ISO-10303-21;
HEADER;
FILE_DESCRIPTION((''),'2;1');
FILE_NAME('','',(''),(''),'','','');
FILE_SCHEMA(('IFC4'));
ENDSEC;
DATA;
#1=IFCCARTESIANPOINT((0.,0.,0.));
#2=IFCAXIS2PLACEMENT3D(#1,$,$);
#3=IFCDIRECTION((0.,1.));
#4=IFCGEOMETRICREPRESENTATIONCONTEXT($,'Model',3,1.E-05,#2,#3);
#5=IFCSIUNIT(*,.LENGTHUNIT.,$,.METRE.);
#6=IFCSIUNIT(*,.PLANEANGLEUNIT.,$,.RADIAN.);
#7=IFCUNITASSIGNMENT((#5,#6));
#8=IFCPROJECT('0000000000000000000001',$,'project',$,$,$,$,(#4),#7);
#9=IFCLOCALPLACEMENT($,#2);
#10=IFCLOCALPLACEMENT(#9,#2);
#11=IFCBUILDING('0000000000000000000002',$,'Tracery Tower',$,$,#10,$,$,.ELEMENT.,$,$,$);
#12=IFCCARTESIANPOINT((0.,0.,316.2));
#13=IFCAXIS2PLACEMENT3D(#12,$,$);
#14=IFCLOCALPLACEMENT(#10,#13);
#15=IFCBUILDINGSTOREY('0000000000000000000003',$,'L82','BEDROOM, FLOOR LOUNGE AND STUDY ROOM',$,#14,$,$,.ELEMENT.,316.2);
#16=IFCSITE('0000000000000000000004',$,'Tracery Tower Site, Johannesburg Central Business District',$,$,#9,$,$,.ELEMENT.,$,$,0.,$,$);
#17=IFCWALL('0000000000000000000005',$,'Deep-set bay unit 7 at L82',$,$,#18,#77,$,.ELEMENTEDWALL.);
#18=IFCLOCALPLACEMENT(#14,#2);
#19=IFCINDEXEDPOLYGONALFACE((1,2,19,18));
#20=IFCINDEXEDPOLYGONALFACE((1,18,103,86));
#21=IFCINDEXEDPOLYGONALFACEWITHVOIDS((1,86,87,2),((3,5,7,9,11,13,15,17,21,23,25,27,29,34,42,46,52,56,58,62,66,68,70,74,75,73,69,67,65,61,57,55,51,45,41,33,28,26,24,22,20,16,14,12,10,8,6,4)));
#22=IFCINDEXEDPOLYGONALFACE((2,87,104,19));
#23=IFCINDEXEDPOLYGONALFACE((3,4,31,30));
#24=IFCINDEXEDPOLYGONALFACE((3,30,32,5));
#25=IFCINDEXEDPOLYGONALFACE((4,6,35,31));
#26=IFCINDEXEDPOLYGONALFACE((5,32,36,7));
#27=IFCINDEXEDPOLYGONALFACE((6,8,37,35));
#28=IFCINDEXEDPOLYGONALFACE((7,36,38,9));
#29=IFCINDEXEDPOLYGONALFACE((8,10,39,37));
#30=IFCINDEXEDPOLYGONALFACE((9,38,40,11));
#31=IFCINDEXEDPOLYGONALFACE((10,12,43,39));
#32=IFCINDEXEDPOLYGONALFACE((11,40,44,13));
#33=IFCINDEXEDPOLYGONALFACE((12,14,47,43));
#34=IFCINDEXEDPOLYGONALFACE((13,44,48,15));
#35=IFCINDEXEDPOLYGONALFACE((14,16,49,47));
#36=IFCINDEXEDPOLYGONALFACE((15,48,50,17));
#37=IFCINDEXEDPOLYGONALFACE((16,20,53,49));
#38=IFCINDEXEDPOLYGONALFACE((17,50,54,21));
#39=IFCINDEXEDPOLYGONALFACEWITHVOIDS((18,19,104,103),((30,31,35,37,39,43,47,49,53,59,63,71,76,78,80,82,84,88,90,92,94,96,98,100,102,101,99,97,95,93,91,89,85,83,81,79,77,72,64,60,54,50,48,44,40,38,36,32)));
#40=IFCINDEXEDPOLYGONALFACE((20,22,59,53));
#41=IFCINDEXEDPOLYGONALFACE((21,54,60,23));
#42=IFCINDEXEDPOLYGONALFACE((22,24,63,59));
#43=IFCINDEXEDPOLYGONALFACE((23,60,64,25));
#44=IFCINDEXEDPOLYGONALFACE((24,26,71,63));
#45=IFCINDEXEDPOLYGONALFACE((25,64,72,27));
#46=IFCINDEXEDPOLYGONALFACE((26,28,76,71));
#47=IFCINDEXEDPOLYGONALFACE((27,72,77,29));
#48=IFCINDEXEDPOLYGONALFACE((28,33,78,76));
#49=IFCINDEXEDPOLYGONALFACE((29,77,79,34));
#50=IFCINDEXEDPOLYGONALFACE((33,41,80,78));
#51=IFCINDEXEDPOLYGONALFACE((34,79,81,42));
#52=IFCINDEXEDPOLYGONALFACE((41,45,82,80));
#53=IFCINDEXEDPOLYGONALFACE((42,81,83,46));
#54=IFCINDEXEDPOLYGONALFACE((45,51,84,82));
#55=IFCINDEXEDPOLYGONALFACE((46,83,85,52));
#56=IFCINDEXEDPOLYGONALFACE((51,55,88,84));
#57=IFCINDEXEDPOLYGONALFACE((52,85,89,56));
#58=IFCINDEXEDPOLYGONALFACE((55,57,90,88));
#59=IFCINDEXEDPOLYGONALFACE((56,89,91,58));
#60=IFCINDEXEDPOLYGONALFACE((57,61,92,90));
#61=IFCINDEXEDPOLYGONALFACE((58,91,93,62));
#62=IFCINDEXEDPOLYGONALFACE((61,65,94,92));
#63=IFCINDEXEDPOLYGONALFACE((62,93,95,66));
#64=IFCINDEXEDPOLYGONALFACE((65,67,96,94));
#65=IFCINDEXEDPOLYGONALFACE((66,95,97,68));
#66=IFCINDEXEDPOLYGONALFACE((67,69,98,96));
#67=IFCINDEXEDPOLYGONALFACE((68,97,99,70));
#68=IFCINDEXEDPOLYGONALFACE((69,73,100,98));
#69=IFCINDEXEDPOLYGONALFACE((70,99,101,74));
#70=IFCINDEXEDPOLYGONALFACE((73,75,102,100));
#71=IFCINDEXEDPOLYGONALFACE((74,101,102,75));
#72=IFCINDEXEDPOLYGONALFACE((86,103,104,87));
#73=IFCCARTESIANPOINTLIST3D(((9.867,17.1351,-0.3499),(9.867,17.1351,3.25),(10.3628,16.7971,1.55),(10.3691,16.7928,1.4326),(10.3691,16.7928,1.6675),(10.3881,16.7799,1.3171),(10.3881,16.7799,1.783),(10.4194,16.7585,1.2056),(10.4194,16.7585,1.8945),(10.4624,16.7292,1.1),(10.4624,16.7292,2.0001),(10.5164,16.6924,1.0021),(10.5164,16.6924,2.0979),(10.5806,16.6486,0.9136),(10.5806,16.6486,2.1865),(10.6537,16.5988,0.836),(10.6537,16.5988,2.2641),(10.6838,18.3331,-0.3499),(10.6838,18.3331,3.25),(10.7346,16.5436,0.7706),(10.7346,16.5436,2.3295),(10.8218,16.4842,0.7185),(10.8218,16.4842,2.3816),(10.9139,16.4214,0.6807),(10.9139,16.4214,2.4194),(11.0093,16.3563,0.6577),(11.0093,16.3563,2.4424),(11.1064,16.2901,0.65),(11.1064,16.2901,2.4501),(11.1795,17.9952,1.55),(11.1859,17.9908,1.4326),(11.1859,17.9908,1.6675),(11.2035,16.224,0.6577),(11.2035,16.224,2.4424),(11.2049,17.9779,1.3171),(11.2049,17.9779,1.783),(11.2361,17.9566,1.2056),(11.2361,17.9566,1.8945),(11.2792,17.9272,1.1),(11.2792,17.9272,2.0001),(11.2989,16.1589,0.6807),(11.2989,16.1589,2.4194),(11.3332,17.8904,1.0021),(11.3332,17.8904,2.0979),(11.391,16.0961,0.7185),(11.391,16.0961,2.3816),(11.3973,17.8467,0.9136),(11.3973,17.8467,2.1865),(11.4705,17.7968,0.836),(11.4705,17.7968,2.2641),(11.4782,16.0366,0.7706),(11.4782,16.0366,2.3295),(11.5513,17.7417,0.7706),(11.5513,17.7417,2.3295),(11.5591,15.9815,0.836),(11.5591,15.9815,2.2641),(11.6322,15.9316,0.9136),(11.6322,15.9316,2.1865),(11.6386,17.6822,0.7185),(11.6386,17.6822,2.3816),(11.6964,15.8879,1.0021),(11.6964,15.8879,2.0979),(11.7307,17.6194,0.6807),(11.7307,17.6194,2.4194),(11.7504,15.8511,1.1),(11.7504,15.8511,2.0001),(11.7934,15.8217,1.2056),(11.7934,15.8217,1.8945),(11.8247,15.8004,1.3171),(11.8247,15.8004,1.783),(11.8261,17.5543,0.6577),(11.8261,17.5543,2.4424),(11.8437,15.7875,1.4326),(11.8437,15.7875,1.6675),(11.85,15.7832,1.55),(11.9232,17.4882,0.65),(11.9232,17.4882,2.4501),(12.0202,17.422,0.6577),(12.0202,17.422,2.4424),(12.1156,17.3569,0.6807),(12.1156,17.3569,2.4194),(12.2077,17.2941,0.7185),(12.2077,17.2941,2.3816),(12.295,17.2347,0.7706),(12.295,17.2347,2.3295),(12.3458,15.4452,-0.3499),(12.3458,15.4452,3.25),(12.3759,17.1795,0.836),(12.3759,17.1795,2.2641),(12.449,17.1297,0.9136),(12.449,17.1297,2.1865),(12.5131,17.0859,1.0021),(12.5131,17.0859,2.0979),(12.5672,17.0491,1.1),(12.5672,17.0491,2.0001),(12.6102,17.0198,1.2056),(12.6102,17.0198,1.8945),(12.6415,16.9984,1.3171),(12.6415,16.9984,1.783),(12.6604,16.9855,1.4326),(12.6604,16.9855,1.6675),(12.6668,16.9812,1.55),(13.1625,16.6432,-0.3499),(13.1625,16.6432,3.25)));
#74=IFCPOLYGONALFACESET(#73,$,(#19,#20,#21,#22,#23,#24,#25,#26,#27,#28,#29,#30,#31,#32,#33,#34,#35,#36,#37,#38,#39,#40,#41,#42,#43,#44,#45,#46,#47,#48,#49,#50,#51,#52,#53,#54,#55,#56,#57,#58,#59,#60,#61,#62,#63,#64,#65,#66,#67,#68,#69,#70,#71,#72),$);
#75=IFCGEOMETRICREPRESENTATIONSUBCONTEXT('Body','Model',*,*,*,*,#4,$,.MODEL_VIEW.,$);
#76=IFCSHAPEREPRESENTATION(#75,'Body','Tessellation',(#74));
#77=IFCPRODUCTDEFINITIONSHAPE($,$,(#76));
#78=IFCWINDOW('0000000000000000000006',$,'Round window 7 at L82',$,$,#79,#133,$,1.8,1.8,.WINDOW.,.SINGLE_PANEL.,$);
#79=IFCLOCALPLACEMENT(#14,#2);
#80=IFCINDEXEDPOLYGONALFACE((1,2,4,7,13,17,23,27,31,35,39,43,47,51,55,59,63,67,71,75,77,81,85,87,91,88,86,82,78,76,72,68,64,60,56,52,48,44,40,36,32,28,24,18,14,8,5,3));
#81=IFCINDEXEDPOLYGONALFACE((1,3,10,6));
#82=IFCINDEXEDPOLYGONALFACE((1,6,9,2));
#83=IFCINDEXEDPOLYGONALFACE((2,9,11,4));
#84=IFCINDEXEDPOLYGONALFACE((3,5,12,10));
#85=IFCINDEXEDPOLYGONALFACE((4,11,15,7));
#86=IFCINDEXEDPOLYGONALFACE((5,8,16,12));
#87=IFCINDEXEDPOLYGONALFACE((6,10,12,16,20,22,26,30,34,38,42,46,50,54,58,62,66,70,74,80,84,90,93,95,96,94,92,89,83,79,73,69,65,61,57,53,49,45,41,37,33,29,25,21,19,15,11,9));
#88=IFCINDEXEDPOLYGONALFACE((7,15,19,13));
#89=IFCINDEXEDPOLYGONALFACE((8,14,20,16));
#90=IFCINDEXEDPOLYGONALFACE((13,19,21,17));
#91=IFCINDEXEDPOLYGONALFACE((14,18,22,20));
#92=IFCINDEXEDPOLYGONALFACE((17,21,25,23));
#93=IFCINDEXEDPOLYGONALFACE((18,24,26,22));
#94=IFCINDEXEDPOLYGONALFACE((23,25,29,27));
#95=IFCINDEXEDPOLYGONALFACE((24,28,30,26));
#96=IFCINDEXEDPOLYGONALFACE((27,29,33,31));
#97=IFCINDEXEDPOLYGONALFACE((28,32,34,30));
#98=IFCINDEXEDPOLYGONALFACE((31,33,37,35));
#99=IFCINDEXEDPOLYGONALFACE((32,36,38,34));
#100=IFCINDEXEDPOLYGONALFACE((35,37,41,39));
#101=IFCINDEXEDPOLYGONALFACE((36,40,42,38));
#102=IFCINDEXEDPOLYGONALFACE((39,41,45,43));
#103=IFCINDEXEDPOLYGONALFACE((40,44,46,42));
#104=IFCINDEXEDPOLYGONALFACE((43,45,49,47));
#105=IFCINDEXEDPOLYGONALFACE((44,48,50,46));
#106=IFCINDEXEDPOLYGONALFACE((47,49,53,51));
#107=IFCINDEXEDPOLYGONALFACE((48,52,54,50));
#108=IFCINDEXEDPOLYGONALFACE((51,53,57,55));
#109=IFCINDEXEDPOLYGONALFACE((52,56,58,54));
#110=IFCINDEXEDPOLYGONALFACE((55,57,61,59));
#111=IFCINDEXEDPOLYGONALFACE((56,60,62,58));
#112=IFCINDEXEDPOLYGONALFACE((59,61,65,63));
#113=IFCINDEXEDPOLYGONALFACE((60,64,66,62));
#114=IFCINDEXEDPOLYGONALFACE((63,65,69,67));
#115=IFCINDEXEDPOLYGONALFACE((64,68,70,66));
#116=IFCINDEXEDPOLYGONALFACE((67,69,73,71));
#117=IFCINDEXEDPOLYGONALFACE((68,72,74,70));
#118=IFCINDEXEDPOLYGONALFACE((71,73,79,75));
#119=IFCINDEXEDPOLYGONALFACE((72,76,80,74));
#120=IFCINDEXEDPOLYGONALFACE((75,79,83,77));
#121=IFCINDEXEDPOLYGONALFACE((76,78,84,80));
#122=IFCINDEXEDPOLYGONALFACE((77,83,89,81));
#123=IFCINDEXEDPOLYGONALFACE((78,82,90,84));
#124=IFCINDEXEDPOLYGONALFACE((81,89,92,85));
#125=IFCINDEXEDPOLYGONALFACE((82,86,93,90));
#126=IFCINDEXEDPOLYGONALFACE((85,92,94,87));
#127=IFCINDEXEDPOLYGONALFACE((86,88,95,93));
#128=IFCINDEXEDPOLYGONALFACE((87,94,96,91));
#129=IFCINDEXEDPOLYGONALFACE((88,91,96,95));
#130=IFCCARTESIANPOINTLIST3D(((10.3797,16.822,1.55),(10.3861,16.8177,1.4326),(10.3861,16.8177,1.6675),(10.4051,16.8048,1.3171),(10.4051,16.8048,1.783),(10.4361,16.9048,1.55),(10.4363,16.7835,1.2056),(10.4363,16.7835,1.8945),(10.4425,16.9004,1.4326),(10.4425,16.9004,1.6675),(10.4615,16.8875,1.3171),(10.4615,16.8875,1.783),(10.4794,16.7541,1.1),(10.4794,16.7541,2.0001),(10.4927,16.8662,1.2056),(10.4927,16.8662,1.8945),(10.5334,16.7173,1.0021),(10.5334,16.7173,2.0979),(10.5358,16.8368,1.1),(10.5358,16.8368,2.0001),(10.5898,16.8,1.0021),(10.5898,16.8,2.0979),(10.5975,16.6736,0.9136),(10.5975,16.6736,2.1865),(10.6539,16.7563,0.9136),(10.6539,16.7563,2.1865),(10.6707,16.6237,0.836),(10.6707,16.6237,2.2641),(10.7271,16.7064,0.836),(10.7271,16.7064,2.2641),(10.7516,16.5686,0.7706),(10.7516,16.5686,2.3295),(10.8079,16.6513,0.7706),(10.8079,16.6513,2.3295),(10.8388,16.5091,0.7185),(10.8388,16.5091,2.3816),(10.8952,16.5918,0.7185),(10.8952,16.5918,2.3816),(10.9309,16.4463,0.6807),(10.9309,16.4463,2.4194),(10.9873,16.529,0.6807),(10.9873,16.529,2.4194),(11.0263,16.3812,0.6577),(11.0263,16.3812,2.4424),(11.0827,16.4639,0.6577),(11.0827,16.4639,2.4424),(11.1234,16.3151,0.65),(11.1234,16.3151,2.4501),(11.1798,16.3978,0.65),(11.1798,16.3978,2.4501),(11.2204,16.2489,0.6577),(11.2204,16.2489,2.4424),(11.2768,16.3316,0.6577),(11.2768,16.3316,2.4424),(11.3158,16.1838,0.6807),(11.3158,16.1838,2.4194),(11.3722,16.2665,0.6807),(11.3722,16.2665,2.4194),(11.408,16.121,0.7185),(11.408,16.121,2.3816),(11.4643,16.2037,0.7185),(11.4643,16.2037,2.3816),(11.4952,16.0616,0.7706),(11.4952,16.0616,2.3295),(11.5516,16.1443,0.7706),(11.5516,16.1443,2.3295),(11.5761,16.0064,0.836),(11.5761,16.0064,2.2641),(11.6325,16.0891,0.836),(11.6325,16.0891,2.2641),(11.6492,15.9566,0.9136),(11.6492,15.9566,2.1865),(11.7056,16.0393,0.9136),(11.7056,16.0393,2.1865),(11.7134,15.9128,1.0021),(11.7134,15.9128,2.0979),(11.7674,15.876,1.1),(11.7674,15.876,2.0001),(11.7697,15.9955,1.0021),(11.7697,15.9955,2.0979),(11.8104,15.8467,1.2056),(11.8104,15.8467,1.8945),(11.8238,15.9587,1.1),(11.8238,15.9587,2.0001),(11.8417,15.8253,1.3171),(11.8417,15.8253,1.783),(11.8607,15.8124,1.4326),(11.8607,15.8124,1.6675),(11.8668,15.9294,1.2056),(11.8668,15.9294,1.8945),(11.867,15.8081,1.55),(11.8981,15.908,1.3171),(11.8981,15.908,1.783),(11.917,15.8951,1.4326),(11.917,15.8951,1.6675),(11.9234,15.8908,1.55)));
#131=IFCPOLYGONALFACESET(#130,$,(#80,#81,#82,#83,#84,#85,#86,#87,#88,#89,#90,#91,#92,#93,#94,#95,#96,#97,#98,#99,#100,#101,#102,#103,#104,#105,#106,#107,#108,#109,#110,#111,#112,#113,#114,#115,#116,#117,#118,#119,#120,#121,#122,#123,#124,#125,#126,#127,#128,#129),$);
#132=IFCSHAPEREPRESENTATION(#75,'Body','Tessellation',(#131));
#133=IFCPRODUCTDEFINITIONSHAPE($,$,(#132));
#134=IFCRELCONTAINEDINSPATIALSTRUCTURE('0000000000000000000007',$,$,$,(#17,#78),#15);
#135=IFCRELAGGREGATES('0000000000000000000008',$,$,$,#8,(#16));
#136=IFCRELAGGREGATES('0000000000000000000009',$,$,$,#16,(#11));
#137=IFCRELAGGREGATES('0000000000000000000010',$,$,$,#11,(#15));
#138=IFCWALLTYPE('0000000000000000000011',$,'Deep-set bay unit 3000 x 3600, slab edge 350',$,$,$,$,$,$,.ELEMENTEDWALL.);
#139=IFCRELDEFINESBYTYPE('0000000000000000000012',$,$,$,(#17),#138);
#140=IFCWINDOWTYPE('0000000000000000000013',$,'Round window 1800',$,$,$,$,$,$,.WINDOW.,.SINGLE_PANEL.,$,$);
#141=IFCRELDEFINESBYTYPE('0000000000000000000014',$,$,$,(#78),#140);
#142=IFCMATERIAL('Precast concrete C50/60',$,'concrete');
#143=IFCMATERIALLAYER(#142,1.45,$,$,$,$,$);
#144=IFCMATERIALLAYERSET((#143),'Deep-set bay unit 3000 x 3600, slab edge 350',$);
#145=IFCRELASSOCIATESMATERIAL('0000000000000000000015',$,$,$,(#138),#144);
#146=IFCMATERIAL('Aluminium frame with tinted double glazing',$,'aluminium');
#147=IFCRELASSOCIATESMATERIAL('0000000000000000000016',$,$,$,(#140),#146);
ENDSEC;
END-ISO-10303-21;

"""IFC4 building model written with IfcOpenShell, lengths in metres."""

from ifc_helpers import new_model, si_unit, direction, frame, frame_2d, origin, origin_2d, place, context, subcontext, project, spatial, rectangle, circle, extrude, material, layer, layer_set, type_object, element, fill, save


model = new_model("IFC4")

# Units and contexts
model_context = context("Model", 3, precision=1e-05, world=origin(), true_north=direction((0.0, 1.0)))
body_context = subcontext(model_context, "Body", "Model", "MODEL_VIEW")
ifc_project = project(units=[si_unit("LENGTHUNIT", "METRE"), si_unit("PLANEANGLEUNIT", "RADIAN")], contexts=[model_context])

# Site, building, storey
site_placement = place(None, origin())
site = spatial("IfcSite", under=ifc_project, at=site_placement, Name="Tracery Tower Site, Johannesburg Central Business District", CompositionType="ELEMENT", RefElevation=0.0)
building_placement = place(site_placement, origin())
building = spatial("IfcBuilding", under=site, at=building_placement, Name="Tracery Tower", CompositionType="ELEMENT")
storey_placement = place(building_placement, frame((0.0, 0.0, 316.2)))
storey = spatial("IfcBuildingStorey", under=building, at=storey_placement, Name="L82", Description="BEDROOM, FLOOR LOUNGE AND STUDY ROOM", CompositionType="ELEMENT", Elevation=316.2)

# Wall, opening, window
ifc_material_1 = material(Name="Precast concrete C50/60", Category="concrete")
ifc_layer_1 = layer(ifc_material_1, 1.45)
ifc_layer_set_1 = layer_set([ifc_layer_1], Name="Deep-set bay unit 3000 x 3600, slab edge 350")
wall_type_1 = type_object("IfcWallType", Name="Deep-set bay unit 3000 x 3600, slab edge 350", PredefinedType="ELEMENTEDWALL", material=ifc_layer_set_1)
wall_1_placement = place(storey_placement, frame((12.7542, 16.0442, -0.3499), z_axis=(0.0, 0.0, 1.0), x_axis=(-0.826246, 0.563309, 0.0)))
wall_1 = element("IfcWall", 1, at=wall_1_placement, inside=storey, type_object=wall_type_1, Name="Deep-set bay unit 7 at L82", PredefinedType="ELEMENTEDWALL", context=body_context, shape_type="SweptSolid", body=[
    extrude(rectangle(XDim=3.0, YDim=1.45, at=frame_2d((1.5, 0.0))), origin(), (0.0, 0.0, 1.0), 3.5999),
])
opening_1_placement = place(wall_1_placement, frame((1.5, 0.0, 1.8999)))
opening_1 = element("IfcOpeningElement", 2, at=opening_1_placement, cuts=wall_1, PredefinedType="OPENING", context=body_context, shape_type="SweptSolid", body=[
    extrude(circle(Radius=0.9, at=origin_2d()), frame((0.0, 0.7349, 0.0), z_axis=(0.0, -1.0, 0.0), x_axis=(1.0, 0.0, 0.0)), (0.0, 0.0, 1.0), 1.47),
])
ifc_material_2 = material(Name="Aluminium frame with tinted double glazing", Category="aluminium")
window_type = type_object("IfcWindowType", Name="Round window 1800", PartitioningType="SINGLE_PANEL", PredefinedType="WINDOW", material=ifc_material_2)
window_1_placement = place(opening_1_placement, origin())
window_1 = element("IfcWindow", 3, at=window_1_placement, inside=storey, type_object=window_type, Name="Round window 7 at L82", OverallHeight=1.8, OverallWidth=1.8, PartitioningType="SINGLE_PANEL", PredefinedType="WINDOW", context=body_context, shape_type="SweptSolid", body=[
    extrude(circle(Radius=0.9, at=origin_2d()), frame((0.0, 0.6948, 0.0), z_axis=(0.0, -1.0, 0.0), x_axis=(1.0, 0.0, 0.0)), (0.0, 0.0, 1.0), 0.1001),
])
fill(opening_1, window_1)

save(model, "model.ifc")
